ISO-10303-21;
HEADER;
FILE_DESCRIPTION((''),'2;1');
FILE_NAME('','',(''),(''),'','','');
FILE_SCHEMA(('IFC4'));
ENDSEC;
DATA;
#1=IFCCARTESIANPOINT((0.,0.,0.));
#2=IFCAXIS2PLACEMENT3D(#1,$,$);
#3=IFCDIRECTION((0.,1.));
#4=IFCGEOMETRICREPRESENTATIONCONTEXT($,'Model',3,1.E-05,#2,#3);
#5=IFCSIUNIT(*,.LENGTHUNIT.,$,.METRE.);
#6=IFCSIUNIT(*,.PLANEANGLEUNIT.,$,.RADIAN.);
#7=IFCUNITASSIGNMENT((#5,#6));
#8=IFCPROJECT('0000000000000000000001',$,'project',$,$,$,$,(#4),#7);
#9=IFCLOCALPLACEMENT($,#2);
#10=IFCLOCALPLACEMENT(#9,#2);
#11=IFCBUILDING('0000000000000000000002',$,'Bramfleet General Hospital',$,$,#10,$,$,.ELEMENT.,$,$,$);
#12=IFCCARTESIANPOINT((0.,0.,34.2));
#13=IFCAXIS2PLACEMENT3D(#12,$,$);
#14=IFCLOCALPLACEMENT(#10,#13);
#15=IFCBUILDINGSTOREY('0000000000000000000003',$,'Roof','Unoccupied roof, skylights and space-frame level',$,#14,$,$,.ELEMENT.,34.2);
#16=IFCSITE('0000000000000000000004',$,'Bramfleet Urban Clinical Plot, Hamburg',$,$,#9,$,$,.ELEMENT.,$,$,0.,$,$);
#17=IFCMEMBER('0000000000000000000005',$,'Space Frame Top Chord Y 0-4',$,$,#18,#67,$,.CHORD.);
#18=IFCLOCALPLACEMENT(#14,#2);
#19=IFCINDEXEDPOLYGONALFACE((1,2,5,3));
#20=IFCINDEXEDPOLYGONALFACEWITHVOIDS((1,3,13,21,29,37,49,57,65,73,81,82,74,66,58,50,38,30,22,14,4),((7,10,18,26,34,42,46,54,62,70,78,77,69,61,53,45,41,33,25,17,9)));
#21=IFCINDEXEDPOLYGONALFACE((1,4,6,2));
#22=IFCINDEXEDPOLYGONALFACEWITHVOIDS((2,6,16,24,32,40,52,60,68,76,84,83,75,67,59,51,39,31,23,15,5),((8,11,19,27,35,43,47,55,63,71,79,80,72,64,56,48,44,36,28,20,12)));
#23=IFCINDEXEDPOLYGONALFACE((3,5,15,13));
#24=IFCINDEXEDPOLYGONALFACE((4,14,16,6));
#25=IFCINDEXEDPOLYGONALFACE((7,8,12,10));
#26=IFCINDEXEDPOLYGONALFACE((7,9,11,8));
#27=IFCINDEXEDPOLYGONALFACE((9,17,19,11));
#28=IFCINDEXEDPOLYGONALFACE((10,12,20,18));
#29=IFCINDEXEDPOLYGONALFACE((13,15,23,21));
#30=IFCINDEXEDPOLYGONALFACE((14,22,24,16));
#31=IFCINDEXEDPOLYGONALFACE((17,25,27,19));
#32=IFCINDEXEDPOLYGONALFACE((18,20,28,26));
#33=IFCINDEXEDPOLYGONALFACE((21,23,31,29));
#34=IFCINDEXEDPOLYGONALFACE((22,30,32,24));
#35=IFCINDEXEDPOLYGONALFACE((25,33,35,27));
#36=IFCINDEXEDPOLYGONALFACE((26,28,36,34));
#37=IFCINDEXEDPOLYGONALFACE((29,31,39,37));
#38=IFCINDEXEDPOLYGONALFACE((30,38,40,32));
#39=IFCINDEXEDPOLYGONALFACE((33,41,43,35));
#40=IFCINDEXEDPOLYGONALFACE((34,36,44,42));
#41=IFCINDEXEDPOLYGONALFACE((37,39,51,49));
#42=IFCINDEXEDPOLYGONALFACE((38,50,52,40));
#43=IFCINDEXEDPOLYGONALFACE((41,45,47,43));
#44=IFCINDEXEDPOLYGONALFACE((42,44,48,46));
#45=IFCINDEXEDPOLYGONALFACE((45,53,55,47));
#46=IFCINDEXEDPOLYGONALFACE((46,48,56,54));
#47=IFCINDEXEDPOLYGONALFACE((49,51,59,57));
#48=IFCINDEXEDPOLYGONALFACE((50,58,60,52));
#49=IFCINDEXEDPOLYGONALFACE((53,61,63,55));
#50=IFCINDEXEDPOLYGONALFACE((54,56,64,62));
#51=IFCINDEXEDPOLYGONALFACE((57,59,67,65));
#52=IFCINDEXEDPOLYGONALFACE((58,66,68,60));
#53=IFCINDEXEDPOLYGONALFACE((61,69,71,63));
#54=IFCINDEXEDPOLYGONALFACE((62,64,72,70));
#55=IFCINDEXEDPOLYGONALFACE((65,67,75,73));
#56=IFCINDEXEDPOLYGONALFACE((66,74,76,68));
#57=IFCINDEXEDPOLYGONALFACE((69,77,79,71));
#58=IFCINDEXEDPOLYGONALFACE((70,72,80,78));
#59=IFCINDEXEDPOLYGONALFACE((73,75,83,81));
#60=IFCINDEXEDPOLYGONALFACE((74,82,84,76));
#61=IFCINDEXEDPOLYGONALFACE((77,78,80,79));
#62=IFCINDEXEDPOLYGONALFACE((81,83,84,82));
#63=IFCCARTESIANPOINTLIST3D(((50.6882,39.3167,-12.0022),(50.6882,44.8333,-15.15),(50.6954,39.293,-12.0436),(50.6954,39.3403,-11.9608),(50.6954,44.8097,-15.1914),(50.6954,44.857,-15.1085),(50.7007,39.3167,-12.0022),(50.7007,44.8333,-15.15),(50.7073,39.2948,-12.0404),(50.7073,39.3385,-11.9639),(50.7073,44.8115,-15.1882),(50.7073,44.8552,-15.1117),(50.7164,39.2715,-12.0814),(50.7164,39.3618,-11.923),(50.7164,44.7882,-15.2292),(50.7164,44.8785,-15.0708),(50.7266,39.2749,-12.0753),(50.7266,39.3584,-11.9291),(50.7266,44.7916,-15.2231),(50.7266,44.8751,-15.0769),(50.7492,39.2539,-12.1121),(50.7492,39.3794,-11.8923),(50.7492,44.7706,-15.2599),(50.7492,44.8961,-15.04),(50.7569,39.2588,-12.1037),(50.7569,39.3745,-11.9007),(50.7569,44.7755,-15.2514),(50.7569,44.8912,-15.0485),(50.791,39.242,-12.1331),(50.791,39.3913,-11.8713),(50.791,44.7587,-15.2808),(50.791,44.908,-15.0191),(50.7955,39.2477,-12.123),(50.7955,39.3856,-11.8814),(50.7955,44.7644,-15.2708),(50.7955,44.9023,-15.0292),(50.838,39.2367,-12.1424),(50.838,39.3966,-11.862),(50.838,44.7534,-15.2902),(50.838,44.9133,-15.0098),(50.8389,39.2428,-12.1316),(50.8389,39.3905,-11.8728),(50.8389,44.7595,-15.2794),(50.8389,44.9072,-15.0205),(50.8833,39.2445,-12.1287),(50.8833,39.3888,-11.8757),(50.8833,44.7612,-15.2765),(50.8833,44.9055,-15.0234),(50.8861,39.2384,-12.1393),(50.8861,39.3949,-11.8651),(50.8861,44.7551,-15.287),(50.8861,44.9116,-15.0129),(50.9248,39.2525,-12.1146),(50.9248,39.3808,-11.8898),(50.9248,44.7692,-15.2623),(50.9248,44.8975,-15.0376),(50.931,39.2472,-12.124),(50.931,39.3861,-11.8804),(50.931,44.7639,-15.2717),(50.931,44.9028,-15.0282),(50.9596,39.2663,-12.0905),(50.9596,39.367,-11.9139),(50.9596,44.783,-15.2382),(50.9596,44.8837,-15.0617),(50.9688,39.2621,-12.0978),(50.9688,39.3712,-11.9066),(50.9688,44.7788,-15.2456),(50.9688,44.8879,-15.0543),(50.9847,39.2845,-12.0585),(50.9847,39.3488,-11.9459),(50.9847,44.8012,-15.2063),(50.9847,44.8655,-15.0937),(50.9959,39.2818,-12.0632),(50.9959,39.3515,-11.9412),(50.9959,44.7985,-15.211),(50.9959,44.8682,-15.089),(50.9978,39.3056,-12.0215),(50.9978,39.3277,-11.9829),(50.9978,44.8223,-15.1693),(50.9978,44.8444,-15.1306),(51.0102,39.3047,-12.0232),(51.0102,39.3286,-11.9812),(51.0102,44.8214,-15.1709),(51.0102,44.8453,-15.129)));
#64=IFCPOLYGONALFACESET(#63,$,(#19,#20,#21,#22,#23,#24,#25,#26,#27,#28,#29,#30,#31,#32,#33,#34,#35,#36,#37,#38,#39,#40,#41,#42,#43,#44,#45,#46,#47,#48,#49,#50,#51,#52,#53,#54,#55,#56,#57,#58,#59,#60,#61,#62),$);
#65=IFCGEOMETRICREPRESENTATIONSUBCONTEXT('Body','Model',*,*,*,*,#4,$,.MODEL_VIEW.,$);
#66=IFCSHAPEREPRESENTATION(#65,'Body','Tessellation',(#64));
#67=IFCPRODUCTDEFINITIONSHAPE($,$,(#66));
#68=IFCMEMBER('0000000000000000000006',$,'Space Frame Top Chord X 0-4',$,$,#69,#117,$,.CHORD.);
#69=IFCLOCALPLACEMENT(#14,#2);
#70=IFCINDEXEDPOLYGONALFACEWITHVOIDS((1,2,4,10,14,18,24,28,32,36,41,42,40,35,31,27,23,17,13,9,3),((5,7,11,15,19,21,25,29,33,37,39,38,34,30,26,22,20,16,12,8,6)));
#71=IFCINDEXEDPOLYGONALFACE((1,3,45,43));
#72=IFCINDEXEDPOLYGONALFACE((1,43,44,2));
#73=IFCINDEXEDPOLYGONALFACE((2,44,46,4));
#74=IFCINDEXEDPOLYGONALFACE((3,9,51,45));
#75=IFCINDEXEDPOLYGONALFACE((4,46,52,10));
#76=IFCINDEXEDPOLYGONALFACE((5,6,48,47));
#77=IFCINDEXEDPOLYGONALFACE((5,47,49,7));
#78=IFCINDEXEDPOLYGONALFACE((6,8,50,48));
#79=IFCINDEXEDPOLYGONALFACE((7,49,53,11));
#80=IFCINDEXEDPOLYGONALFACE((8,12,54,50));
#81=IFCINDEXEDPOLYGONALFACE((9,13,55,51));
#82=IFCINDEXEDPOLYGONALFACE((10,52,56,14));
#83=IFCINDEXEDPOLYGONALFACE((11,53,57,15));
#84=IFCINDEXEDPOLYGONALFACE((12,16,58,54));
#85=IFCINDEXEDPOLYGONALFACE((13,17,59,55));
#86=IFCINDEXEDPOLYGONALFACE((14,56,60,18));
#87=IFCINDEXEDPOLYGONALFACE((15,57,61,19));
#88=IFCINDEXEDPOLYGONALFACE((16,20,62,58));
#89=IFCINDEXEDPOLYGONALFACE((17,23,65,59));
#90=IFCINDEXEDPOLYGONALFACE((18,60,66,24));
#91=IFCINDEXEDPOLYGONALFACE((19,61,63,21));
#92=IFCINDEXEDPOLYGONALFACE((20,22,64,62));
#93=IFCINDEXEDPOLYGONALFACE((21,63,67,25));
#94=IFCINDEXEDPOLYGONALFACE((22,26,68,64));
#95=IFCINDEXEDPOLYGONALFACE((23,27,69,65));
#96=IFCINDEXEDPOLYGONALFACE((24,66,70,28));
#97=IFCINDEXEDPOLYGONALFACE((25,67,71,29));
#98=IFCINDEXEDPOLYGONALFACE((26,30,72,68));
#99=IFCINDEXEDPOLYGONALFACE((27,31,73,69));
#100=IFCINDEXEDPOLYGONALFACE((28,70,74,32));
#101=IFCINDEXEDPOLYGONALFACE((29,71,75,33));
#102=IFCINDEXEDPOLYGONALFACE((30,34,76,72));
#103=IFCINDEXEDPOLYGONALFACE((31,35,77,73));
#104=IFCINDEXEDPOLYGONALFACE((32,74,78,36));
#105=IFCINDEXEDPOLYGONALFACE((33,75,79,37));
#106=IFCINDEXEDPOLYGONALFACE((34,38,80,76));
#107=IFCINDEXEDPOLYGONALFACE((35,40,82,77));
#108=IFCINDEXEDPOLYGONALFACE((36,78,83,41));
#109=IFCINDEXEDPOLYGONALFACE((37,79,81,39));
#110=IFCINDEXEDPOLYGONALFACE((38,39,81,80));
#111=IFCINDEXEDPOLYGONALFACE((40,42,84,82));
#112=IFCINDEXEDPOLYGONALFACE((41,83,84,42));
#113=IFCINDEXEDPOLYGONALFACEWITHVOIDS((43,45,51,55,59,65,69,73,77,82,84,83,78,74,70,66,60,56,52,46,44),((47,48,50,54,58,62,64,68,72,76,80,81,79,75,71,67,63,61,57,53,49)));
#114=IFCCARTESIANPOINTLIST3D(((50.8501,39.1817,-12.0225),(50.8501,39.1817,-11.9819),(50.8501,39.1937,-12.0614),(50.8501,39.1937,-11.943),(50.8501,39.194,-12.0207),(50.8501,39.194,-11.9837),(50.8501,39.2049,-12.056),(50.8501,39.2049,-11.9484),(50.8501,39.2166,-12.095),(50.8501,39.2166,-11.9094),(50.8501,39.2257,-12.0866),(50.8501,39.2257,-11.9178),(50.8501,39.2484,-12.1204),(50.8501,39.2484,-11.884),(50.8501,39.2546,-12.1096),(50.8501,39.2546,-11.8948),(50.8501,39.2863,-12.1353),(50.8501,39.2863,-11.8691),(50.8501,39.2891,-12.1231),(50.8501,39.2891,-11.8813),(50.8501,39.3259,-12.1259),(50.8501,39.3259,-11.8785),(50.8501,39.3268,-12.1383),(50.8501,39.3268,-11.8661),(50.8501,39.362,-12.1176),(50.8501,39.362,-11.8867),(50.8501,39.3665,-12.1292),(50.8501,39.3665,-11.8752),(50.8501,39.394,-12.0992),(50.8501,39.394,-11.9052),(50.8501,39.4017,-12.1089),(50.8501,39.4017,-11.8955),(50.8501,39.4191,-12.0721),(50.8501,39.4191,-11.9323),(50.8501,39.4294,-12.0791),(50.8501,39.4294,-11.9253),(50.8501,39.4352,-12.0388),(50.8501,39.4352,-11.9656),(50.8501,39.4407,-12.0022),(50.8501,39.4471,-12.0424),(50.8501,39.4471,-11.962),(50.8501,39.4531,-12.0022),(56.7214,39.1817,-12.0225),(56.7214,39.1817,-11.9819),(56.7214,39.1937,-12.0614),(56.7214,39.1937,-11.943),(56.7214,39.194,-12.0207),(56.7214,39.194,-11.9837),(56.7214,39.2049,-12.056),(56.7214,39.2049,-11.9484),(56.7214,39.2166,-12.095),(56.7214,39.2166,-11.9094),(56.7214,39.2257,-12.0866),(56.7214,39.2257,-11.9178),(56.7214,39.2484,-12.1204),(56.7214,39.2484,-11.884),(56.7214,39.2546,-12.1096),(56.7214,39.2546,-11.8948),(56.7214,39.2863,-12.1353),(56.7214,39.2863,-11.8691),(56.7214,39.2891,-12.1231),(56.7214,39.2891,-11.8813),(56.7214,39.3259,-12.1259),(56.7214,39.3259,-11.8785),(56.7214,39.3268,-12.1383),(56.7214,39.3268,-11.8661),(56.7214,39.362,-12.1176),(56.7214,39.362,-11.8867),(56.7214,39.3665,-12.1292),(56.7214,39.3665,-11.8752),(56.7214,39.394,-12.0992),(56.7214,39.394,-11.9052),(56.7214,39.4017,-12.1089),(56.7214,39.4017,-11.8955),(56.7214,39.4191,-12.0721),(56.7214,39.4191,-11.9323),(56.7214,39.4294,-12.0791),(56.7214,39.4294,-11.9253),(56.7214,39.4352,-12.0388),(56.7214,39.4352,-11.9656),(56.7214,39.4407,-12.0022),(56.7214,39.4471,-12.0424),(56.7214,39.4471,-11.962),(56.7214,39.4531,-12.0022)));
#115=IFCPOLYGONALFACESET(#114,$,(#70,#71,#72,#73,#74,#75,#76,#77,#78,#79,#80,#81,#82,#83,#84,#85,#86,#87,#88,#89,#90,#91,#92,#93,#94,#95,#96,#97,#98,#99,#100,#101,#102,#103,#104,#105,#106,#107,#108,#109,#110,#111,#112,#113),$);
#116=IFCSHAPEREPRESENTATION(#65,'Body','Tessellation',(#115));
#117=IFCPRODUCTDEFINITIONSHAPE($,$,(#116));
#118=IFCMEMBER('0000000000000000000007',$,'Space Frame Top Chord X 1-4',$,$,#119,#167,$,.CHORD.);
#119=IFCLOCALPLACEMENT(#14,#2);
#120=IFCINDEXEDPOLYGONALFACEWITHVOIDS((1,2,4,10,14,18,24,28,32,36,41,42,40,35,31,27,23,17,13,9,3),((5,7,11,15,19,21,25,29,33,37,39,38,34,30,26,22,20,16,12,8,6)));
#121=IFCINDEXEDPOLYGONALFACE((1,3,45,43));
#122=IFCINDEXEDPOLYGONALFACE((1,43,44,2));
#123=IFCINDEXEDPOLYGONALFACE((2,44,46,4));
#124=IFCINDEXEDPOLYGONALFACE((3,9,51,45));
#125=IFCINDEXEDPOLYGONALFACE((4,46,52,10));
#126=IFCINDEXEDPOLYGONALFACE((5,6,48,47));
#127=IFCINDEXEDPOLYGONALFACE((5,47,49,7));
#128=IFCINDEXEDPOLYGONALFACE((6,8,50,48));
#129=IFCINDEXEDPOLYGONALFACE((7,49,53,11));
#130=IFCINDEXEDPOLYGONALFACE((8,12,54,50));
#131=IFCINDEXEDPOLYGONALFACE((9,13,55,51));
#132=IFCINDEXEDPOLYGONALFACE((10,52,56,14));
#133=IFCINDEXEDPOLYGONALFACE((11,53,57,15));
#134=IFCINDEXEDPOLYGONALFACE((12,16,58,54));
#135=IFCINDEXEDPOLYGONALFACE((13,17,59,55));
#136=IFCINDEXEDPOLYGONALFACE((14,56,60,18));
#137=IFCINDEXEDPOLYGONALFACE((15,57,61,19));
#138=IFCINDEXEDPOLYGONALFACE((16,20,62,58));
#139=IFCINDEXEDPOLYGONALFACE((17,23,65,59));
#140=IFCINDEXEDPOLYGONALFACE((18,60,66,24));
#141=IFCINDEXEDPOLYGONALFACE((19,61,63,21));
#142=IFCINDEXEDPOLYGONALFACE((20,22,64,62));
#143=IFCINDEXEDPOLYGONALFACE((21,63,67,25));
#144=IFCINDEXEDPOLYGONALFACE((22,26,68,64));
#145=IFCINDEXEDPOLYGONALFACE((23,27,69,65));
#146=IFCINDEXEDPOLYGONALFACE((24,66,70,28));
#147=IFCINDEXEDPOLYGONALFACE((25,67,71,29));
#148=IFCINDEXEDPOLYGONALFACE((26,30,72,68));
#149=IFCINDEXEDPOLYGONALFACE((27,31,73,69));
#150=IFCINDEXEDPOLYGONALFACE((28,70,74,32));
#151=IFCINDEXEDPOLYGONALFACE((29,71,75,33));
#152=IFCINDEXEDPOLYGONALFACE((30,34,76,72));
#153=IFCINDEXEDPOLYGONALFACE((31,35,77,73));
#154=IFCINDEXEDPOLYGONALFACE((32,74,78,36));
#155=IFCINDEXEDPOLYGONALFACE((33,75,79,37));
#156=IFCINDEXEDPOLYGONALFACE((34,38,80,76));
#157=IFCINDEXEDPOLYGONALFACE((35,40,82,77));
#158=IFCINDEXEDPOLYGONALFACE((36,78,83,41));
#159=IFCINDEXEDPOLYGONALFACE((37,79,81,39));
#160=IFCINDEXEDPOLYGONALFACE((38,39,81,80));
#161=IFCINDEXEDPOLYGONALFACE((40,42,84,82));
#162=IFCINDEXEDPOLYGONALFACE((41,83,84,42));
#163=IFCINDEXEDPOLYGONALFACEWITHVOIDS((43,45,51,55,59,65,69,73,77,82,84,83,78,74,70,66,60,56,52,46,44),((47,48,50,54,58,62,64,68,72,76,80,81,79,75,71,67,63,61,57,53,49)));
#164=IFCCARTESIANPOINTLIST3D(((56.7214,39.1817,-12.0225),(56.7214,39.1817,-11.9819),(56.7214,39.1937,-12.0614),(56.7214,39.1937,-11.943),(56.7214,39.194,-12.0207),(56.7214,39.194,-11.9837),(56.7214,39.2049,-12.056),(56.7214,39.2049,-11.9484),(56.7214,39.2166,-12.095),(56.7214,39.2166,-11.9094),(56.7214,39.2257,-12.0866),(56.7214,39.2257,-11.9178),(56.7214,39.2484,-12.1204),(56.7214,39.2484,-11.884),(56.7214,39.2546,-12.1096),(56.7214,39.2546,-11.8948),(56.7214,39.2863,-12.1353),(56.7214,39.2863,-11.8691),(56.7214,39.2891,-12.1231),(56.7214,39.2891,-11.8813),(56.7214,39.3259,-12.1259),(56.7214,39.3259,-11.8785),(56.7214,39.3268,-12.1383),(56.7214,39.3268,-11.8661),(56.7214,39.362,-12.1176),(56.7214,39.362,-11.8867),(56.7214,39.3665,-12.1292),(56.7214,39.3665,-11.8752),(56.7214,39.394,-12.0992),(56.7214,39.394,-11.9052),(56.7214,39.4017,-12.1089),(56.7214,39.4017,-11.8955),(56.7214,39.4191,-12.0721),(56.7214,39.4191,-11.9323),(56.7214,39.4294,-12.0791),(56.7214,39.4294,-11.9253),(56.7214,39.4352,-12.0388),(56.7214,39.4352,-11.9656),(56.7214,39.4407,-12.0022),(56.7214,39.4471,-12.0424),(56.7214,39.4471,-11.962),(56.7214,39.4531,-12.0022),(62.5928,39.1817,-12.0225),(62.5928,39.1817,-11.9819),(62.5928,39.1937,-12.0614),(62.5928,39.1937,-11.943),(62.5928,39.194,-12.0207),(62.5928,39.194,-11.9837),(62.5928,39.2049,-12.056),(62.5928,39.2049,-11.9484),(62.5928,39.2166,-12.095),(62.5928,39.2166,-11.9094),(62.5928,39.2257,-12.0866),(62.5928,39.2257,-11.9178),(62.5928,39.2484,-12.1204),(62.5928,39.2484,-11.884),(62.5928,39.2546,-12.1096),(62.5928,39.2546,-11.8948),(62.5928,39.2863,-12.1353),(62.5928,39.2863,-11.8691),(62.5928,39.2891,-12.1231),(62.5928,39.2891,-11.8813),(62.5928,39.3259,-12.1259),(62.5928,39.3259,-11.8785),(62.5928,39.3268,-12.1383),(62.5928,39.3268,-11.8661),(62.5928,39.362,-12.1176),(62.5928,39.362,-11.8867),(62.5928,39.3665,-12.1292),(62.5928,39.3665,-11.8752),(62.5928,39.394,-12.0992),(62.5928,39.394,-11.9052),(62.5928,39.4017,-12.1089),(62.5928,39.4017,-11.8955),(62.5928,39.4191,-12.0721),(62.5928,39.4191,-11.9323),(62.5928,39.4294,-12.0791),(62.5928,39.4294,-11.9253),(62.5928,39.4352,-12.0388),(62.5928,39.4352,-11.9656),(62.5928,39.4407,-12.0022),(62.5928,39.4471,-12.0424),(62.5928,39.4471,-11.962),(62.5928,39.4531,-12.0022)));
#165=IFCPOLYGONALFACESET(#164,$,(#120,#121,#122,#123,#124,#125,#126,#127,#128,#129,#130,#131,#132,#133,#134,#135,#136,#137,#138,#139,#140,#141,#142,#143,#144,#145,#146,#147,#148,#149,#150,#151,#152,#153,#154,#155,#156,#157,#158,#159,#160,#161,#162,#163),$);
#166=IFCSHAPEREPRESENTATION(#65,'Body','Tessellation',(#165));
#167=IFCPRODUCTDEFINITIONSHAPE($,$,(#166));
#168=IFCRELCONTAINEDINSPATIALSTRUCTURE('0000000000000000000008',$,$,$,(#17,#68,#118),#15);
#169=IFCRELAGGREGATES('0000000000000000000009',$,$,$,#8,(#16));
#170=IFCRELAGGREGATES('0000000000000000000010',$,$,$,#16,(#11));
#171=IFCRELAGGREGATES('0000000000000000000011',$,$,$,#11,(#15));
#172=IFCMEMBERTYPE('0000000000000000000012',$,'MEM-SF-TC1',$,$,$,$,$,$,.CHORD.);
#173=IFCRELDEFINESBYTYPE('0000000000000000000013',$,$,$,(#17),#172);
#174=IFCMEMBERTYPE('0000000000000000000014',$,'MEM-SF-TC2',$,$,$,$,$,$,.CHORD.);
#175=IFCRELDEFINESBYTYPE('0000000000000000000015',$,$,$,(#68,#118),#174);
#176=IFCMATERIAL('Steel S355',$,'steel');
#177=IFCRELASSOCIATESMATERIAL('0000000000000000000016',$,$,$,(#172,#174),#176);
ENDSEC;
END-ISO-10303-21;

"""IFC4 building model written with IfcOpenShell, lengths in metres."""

from ifc_helpers import new_model, si_unit, direction, frame, origin, origin_2d, place, context, subcontext, project, spatial, hollow_circle, extrude, material, material_profile, profile_set, type_object, element, save


model = new_model("IFC4")

# Units and contexts
model_context = context("Model", 3, precision=1e-05, world=origin(), true_north=direction((0.0, 1.0)))
body_context = subcontext(model_context, "Body", "Model", "MODEL_VIEW")
ifc_project = project(units=[si_unit("LENGTHUNIT", "METRE"), si_unit("PLANEANGLEUNIT", "RADIAN")], contexts=[model_context])

# Site, building, storey
site_placement = place(None, origin())
site = spatial("IfcSite", under=ifc_project, at=site_placement, Name="Bramfleet Urban Clinical Plot, Hamburg", CompositionType="ELEMENT", RefElevation=0.0)
building_placement = place(site_placement, origin())
building = spatial("IfcBuilding", under=site, at=building_placement, Name="Bramfleet General Hospital", CompositionType="ELEMENT")
storey_placement = place(building_placement, frame((0.0, 0.0, 34.2)))
storey = spatial("IfcBuildingStorey", under=building, at=storey_placement, Name="Roof", Description="Unoccupied roof, skylights and space-frame level", CompositionType="ELEMENT", Elevation=34.2)

# Members
ifc_material = material(Name="Steel S355", Category="steel")
ifc_material_profile_1 = material_profile(ifc_material, hollow_circle(Radius=0.1619, WallThickness=0.0125, at=origin_2d()), Name="CHS 323.9x12.5")
ifc_profile_set_1 = profile_set([ifc_material_profile_1], Name="Steel S355")
member_type_1 = type_object("IfcMemberType", Name="MEM-SF-TC1", PredefinedType="CHORD", material=ifc_profile_set_1)
member_1_placement = place(storey_placement, frame((50.8501, 39.3167, -12.0022), z_axis=(0.0, 0.868558, -0.495588), x_axis=(-1.0, 0.0, 0.0)))
element("IfcMember", 1, at=member_1_placement, inside=storey, type_object=member_type_1, Name="Space Frame Top Chord Y 0-4", PredefinedType="CHORD", context=body_context, shape_type="SweptSolid", body=[
    extrude(hollow_circle(Radius=0.1619, WallThickness=0.0125, at=origin_2d()), origin(), (0.0, 0.0, 1.0), 6.3516),
])
ifc_material_profile_2 = material_profile(ifc_material, hollow_circle(Radius=0.1365, WallThickness=0.0125, at=origin_2d()), Name="CHS 273.0x12.5")
ifc_profile_set_2 = profile_set([ifc_material_profile_2], Name="Steel S355")
member_type_2 = type_object("IfcMemberType", Name="MEM-SF-TC2", PredefinedType="CHORD", material=ifc_profile_set_2)
for number, where, z_axis, x_axis, name in (
    (2, (50.8501, 39.3167, -12.0022), (1.0, 0.0, 0.0), (0.0, 1.0, 0.0), "Space Frame Top Chord X 0-4"),
    (3, (56.7214, 39.3167, -12.0022), (1.0, 0.0, 0.0), (0.0, 1.0, 0.0), "Space Frame Top Chord X 1-4"),
):
    element("IfcMember", number, at=place(storey_placement, frame(where, z_axis=z_axis, x_axis=x_axis)), inside=storey, type_object=member_type_2, Name=name, PredefinedType="CHORD", context=body_context, shape_type="SweptSolid", body=[
        extrude(hollow_circle(Radius=0.1365, WallThickness=0.0125, at=origin_2d()), origin(), (0.0, 0.0, 1.0), 5.8713),
    ])

save(model, "model.ifc")
